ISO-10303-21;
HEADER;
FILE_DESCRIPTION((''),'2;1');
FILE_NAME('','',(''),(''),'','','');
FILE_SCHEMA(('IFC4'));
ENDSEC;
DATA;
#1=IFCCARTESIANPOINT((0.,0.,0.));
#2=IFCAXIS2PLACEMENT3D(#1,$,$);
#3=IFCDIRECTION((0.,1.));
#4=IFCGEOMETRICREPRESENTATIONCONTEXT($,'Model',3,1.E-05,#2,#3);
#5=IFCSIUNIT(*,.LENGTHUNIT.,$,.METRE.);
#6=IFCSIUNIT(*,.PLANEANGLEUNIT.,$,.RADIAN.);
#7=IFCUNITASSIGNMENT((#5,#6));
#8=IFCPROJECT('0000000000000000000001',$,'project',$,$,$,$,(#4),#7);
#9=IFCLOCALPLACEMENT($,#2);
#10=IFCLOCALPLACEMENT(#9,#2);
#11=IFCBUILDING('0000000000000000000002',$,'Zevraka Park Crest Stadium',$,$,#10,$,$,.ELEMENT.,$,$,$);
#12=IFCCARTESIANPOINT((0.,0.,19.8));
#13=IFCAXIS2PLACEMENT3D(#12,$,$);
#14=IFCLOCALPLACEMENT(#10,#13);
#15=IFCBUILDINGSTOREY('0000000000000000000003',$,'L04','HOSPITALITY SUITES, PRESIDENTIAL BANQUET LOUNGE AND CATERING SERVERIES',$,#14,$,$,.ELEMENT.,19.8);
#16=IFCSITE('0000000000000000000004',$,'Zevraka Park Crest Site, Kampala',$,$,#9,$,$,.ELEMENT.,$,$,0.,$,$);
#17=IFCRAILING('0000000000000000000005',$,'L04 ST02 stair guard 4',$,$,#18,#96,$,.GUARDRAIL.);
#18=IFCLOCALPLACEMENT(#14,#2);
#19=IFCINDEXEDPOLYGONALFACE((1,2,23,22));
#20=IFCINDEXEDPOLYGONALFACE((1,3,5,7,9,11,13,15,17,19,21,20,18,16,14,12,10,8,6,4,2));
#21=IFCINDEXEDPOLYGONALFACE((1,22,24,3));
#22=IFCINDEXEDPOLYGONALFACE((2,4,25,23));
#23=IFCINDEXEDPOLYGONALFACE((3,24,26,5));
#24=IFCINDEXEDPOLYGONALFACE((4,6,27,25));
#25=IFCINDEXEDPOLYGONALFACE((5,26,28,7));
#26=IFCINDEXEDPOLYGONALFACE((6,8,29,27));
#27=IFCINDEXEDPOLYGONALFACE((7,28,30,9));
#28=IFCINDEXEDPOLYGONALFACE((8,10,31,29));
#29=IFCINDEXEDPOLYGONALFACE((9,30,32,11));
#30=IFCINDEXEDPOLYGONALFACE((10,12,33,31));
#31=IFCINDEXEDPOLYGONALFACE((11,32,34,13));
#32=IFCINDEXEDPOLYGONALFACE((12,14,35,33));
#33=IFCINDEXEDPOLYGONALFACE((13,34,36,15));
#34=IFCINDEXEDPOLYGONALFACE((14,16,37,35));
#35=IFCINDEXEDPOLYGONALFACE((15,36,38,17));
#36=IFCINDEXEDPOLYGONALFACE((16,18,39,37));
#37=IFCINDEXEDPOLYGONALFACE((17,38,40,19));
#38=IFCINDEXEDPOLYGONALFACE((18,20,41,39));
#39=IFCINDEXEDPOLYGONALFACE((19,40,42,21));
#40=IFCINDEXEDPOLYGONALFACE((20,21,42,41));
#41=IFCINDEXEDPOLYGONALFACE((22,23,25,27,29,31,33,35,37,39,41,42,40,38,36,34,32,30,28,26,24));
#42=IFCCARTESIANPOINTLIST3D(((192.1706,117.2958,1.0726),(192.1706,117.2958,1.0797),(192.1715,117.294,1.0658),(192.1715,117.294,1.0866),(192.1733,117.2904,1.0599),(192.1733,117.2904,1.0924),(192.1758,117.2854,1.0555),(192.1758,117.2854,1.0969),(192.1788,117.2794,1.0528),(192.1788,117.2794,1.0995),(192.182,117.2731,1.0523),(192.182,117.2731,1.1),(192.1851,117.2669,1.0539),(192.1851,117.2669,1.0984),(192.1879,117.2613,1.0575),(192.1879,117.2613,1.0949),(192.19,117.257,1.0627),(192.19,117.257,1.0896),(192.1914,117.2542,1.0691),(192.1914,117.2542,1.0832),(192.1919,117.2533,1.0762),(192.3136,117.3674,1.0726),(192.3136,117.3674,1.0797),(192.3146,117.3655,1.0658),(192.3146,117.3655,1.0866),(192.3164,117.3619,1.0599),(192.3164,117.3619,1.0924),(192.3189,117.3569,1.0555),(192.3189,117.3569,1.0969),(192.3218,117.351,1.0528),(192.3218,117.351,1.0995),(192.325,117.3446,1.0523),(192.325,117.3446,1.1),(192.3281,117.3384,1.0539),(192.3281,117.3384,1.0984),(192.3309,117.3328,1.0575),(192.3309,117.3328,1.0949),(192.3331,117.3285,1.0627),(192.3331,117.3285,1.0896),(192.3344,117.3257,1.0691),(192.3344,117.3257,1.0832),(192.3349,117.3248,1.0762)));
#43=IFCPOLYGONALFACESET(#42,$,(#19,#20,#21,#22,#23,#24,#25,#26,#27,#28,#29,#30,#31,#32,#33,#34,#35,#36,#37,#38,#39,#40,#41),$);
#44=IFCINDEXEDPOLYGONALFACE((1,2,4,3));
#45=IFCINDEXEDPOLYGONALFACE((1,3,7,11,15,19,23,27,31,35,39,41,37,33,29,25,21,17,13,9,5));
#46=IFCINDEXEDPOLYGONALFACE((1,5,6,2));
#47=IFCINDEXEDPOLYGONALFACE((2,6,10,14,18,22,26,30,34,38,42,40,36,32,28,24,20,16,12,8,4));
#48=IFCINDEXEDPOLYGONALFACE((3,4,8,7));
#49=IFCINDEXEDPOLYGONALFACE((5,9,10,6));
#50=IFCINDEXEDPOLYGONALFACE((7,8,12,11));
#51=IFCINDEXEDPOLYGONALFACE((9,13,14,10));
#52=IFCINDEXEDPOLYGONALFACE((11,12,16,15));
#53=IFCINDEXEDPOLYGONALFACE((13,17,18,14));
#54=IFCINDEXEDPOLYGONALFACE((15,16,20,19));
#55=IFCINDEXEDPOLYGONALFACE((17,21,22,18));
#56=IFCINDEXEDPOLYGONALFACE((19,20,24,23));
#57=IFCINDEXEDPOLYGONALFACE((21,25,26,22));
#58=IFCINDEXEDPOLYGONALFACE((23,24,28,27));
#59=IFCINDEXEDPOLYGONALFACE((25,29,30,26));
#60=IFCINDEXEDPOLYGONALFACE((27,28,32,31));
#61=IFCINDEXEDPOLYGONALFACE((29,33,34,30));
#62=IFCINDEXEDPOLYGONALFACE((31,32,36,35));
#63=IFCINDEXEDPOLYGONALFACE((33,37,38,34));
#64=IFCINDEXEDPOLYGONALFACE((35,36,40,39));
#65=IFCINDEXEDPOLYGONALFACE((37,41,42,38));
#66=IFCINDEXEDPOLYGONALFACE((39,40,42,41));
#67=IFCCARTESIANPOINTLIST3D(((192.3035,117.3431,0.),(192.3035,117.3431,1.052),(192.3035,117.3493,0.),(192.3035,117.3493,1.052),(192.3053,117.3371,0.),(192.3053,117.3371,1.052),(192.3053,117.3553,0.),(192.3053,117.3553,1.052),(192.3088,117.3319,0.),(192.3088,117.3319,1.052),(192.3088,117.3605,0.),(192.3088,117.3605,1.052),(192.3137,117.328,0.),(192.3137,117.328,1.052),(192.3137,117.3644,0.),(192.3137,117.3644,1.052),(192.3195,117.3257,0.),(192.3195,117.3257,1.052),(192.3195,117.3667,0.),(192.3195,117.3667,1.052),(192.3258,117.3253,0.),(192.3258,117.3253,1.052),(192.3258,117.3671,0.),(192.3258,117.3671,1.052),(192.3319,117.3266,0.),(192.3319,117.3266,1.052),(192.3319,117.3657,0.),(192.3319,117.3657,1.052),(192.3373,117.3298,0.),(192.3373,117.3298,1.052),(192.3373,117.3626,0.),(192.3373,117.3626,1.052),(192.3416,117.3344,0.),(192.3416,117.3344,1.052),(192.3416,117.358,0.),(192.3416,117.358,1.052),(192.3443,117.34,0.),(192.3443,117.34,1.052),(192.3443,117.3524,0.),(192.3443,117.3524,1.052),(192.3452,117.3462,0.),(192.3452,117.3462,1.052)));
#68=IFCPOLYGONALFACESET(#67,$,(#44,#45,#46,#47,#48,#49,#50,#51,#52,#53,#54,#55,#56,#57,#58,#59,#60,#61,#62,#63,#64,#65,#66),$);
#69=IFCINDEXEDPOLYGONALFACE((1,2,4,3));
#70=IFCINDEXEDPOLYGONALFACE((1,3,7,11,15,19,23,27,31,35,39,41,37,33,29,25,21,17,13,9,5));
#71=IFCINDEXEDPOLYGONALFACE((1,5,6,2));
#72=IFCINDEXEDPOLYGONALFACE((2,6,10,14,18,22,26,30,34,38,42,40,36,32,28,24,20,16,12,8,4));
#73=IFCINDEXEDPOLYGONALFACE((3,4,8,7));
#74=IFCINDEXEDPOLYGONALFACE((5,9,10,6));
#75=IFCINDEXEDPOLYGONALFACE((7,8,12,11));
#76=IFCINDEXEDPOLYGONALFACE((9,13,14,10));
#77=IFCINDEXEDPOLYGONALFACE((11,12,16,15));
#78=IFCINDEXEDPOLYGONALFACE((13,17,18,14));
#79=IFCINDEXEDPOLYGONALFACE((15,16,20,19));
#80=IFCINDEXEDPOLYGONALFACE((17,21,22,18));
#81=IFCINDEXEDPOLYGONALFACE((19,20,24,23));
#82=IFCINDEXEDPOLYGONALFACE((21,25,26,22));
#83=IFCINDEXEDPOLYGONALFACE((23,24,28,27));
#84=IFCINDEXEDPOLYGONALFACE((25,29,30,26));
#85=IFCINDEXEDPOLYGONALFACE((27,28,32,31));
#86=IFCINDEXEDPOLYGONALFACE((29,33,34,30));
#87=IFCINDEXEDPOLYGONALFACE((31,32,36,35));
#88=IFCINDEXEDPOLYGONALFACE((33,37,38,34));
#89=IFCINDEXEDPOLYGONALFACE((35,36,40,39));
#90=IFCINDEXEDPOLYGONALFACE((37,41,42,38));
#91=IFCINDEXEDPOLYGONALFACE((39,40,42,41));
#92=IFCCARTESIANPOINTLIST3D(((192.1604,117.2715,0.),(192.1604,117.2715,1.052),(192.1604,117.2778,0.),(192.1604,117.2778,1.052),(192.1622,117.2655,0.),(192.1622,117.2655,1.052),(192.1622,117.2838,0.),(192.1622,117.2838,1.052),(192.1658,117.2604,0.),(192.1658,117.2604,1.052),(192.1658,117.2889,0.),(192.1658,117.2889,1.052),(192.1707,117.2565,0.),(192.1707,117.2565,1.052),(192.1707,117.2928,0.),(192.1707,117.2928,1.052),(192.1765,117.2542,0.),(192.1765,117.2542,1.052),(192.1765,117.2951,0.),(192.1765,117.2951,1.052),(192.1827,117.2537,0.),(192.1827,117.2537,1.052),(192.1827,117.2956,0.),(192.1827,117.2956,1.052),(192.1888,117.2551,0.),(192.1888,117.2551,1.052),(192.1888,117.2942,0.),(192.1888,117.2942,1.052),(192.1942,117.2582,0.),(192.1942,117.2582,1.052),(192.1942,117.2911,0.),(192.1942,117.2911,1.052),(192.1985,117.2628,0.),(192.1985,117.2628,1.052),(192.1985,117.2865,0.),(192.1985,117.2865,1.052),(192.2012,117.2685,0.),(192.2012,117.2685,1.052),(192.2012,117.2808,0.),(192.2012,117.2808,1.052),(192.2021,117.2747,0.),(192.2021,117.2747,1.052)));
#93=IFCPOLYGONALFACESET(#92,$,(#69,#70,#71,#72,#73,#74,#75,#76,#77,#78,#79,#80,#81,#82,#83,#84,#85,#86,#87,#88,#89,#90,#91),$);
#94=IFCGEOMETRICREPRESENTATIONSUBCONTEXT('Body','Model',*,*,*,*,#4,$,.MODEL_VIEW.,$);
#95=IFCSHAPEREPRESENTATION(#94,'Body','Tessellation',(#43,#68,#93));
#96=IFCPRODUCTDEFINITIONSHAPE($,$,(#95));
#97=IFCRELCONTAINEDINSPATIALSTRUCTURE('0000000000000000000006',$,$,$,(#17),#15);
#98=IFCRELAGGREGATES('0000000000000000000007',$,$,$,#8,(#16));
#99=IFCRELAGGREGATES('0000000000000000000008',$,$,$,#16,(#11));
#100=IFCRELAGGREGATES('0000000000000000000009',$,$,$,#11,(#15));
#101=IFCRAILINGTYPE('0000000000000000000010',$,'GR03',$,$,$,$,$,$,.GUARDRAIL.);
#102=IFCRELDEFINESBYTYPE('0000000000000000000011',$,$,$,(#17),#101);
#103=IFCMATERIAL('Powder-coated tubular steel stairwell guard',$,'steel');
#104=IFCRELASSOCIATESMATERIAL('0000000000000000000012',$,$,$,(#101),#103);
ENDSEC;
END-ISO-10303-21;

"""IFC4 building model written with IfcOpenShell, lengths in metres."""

from ifc_helpers import new_model, si_unit, direction, frame, origin, origin_2d, place, context, subcontext, project, spatial, circle, extrude, material, type_object, element, save


model = new_model("IFC4")

# Units and contexts
model_context = context("Model", 3, precision=1e-05, world=origin(), true_north=direction((0.0, 1.0)))
body_context = subcontext(model_context, "Body", "Model", "MODEL_VIEW")
ifc_project = project(units=[si_unit("LENGTHUNIT", "METRE"), si_unit("PLANEANGLEUNIT", "RADIAN")], contexts=[model_context])

# Site, building, storey
site_placement = place(None, origin())
site = spatial("IfcSite", under=ifc_project, at=site_placement, Name="Zevraka Park Crest Site, Kampala", CompositionType="ELEMENT", RefElevation=0.0)
building_placement = place(site_placement, origin())
building = spatial("IfcBuilding", under=site, at=building_placement, Name="Zevraka Park Crest Stadium", CompositionType="ELEMENT")
storey_placement = place(building_placement, frame((0.0, 0.0, 19.8)))
storey = spatial("IfcBuildingStorey", under=building, at=storey_placement, Name="L04", Description="HOSPITALITY SUITES, PRESIDENTIAL BANQUET LOUNGE AND CATERING SERVERIES", CompositionType="ELEMENT", Elevation=19.8)

# Railing
ifc_material_1 = material(Name="Powder-coated tubular steel stairwell guard", Category="steel")
railing_type_1 = type_object("IfcRailingType", Name="GR03", PredefinedType="GUARDRAIL", material=ifc_material_1)
railing_1_placement = place(storey_placement, frame((192.3242, 117.3462, 0.0)))
element("IfcRailing", 1, at=railing_1_placement, inside=storey, type_object=railing_type_1, Name="L04 ST02 stair guard 4", PredefinedType="GUARDRAIL", context=body_context, shape_type="SweptSolid", body=[
    extrude(circle(Radius=0.0239, at=origin_2d()), frame((0.0, 0.0, 1.0762), z_axis=(-0.894427, -0.447214, 0.0), x_axis=(0.447214, -0.894427, 0.0)), (0.0, 0.0, 1.0), 0.1599),
    extrude(circle(Radius=0.021, at=origin_2d()), origin(), (0.0, 0.0, 1.0), 1.052),
    extrude(circle(Radius=0.021, at=origin_2d()), frame((-0.1431, -0.0715, 0.0)), (0.0, 0.0, 1.0), 1.052),
])

save(model, "model.ifc")
